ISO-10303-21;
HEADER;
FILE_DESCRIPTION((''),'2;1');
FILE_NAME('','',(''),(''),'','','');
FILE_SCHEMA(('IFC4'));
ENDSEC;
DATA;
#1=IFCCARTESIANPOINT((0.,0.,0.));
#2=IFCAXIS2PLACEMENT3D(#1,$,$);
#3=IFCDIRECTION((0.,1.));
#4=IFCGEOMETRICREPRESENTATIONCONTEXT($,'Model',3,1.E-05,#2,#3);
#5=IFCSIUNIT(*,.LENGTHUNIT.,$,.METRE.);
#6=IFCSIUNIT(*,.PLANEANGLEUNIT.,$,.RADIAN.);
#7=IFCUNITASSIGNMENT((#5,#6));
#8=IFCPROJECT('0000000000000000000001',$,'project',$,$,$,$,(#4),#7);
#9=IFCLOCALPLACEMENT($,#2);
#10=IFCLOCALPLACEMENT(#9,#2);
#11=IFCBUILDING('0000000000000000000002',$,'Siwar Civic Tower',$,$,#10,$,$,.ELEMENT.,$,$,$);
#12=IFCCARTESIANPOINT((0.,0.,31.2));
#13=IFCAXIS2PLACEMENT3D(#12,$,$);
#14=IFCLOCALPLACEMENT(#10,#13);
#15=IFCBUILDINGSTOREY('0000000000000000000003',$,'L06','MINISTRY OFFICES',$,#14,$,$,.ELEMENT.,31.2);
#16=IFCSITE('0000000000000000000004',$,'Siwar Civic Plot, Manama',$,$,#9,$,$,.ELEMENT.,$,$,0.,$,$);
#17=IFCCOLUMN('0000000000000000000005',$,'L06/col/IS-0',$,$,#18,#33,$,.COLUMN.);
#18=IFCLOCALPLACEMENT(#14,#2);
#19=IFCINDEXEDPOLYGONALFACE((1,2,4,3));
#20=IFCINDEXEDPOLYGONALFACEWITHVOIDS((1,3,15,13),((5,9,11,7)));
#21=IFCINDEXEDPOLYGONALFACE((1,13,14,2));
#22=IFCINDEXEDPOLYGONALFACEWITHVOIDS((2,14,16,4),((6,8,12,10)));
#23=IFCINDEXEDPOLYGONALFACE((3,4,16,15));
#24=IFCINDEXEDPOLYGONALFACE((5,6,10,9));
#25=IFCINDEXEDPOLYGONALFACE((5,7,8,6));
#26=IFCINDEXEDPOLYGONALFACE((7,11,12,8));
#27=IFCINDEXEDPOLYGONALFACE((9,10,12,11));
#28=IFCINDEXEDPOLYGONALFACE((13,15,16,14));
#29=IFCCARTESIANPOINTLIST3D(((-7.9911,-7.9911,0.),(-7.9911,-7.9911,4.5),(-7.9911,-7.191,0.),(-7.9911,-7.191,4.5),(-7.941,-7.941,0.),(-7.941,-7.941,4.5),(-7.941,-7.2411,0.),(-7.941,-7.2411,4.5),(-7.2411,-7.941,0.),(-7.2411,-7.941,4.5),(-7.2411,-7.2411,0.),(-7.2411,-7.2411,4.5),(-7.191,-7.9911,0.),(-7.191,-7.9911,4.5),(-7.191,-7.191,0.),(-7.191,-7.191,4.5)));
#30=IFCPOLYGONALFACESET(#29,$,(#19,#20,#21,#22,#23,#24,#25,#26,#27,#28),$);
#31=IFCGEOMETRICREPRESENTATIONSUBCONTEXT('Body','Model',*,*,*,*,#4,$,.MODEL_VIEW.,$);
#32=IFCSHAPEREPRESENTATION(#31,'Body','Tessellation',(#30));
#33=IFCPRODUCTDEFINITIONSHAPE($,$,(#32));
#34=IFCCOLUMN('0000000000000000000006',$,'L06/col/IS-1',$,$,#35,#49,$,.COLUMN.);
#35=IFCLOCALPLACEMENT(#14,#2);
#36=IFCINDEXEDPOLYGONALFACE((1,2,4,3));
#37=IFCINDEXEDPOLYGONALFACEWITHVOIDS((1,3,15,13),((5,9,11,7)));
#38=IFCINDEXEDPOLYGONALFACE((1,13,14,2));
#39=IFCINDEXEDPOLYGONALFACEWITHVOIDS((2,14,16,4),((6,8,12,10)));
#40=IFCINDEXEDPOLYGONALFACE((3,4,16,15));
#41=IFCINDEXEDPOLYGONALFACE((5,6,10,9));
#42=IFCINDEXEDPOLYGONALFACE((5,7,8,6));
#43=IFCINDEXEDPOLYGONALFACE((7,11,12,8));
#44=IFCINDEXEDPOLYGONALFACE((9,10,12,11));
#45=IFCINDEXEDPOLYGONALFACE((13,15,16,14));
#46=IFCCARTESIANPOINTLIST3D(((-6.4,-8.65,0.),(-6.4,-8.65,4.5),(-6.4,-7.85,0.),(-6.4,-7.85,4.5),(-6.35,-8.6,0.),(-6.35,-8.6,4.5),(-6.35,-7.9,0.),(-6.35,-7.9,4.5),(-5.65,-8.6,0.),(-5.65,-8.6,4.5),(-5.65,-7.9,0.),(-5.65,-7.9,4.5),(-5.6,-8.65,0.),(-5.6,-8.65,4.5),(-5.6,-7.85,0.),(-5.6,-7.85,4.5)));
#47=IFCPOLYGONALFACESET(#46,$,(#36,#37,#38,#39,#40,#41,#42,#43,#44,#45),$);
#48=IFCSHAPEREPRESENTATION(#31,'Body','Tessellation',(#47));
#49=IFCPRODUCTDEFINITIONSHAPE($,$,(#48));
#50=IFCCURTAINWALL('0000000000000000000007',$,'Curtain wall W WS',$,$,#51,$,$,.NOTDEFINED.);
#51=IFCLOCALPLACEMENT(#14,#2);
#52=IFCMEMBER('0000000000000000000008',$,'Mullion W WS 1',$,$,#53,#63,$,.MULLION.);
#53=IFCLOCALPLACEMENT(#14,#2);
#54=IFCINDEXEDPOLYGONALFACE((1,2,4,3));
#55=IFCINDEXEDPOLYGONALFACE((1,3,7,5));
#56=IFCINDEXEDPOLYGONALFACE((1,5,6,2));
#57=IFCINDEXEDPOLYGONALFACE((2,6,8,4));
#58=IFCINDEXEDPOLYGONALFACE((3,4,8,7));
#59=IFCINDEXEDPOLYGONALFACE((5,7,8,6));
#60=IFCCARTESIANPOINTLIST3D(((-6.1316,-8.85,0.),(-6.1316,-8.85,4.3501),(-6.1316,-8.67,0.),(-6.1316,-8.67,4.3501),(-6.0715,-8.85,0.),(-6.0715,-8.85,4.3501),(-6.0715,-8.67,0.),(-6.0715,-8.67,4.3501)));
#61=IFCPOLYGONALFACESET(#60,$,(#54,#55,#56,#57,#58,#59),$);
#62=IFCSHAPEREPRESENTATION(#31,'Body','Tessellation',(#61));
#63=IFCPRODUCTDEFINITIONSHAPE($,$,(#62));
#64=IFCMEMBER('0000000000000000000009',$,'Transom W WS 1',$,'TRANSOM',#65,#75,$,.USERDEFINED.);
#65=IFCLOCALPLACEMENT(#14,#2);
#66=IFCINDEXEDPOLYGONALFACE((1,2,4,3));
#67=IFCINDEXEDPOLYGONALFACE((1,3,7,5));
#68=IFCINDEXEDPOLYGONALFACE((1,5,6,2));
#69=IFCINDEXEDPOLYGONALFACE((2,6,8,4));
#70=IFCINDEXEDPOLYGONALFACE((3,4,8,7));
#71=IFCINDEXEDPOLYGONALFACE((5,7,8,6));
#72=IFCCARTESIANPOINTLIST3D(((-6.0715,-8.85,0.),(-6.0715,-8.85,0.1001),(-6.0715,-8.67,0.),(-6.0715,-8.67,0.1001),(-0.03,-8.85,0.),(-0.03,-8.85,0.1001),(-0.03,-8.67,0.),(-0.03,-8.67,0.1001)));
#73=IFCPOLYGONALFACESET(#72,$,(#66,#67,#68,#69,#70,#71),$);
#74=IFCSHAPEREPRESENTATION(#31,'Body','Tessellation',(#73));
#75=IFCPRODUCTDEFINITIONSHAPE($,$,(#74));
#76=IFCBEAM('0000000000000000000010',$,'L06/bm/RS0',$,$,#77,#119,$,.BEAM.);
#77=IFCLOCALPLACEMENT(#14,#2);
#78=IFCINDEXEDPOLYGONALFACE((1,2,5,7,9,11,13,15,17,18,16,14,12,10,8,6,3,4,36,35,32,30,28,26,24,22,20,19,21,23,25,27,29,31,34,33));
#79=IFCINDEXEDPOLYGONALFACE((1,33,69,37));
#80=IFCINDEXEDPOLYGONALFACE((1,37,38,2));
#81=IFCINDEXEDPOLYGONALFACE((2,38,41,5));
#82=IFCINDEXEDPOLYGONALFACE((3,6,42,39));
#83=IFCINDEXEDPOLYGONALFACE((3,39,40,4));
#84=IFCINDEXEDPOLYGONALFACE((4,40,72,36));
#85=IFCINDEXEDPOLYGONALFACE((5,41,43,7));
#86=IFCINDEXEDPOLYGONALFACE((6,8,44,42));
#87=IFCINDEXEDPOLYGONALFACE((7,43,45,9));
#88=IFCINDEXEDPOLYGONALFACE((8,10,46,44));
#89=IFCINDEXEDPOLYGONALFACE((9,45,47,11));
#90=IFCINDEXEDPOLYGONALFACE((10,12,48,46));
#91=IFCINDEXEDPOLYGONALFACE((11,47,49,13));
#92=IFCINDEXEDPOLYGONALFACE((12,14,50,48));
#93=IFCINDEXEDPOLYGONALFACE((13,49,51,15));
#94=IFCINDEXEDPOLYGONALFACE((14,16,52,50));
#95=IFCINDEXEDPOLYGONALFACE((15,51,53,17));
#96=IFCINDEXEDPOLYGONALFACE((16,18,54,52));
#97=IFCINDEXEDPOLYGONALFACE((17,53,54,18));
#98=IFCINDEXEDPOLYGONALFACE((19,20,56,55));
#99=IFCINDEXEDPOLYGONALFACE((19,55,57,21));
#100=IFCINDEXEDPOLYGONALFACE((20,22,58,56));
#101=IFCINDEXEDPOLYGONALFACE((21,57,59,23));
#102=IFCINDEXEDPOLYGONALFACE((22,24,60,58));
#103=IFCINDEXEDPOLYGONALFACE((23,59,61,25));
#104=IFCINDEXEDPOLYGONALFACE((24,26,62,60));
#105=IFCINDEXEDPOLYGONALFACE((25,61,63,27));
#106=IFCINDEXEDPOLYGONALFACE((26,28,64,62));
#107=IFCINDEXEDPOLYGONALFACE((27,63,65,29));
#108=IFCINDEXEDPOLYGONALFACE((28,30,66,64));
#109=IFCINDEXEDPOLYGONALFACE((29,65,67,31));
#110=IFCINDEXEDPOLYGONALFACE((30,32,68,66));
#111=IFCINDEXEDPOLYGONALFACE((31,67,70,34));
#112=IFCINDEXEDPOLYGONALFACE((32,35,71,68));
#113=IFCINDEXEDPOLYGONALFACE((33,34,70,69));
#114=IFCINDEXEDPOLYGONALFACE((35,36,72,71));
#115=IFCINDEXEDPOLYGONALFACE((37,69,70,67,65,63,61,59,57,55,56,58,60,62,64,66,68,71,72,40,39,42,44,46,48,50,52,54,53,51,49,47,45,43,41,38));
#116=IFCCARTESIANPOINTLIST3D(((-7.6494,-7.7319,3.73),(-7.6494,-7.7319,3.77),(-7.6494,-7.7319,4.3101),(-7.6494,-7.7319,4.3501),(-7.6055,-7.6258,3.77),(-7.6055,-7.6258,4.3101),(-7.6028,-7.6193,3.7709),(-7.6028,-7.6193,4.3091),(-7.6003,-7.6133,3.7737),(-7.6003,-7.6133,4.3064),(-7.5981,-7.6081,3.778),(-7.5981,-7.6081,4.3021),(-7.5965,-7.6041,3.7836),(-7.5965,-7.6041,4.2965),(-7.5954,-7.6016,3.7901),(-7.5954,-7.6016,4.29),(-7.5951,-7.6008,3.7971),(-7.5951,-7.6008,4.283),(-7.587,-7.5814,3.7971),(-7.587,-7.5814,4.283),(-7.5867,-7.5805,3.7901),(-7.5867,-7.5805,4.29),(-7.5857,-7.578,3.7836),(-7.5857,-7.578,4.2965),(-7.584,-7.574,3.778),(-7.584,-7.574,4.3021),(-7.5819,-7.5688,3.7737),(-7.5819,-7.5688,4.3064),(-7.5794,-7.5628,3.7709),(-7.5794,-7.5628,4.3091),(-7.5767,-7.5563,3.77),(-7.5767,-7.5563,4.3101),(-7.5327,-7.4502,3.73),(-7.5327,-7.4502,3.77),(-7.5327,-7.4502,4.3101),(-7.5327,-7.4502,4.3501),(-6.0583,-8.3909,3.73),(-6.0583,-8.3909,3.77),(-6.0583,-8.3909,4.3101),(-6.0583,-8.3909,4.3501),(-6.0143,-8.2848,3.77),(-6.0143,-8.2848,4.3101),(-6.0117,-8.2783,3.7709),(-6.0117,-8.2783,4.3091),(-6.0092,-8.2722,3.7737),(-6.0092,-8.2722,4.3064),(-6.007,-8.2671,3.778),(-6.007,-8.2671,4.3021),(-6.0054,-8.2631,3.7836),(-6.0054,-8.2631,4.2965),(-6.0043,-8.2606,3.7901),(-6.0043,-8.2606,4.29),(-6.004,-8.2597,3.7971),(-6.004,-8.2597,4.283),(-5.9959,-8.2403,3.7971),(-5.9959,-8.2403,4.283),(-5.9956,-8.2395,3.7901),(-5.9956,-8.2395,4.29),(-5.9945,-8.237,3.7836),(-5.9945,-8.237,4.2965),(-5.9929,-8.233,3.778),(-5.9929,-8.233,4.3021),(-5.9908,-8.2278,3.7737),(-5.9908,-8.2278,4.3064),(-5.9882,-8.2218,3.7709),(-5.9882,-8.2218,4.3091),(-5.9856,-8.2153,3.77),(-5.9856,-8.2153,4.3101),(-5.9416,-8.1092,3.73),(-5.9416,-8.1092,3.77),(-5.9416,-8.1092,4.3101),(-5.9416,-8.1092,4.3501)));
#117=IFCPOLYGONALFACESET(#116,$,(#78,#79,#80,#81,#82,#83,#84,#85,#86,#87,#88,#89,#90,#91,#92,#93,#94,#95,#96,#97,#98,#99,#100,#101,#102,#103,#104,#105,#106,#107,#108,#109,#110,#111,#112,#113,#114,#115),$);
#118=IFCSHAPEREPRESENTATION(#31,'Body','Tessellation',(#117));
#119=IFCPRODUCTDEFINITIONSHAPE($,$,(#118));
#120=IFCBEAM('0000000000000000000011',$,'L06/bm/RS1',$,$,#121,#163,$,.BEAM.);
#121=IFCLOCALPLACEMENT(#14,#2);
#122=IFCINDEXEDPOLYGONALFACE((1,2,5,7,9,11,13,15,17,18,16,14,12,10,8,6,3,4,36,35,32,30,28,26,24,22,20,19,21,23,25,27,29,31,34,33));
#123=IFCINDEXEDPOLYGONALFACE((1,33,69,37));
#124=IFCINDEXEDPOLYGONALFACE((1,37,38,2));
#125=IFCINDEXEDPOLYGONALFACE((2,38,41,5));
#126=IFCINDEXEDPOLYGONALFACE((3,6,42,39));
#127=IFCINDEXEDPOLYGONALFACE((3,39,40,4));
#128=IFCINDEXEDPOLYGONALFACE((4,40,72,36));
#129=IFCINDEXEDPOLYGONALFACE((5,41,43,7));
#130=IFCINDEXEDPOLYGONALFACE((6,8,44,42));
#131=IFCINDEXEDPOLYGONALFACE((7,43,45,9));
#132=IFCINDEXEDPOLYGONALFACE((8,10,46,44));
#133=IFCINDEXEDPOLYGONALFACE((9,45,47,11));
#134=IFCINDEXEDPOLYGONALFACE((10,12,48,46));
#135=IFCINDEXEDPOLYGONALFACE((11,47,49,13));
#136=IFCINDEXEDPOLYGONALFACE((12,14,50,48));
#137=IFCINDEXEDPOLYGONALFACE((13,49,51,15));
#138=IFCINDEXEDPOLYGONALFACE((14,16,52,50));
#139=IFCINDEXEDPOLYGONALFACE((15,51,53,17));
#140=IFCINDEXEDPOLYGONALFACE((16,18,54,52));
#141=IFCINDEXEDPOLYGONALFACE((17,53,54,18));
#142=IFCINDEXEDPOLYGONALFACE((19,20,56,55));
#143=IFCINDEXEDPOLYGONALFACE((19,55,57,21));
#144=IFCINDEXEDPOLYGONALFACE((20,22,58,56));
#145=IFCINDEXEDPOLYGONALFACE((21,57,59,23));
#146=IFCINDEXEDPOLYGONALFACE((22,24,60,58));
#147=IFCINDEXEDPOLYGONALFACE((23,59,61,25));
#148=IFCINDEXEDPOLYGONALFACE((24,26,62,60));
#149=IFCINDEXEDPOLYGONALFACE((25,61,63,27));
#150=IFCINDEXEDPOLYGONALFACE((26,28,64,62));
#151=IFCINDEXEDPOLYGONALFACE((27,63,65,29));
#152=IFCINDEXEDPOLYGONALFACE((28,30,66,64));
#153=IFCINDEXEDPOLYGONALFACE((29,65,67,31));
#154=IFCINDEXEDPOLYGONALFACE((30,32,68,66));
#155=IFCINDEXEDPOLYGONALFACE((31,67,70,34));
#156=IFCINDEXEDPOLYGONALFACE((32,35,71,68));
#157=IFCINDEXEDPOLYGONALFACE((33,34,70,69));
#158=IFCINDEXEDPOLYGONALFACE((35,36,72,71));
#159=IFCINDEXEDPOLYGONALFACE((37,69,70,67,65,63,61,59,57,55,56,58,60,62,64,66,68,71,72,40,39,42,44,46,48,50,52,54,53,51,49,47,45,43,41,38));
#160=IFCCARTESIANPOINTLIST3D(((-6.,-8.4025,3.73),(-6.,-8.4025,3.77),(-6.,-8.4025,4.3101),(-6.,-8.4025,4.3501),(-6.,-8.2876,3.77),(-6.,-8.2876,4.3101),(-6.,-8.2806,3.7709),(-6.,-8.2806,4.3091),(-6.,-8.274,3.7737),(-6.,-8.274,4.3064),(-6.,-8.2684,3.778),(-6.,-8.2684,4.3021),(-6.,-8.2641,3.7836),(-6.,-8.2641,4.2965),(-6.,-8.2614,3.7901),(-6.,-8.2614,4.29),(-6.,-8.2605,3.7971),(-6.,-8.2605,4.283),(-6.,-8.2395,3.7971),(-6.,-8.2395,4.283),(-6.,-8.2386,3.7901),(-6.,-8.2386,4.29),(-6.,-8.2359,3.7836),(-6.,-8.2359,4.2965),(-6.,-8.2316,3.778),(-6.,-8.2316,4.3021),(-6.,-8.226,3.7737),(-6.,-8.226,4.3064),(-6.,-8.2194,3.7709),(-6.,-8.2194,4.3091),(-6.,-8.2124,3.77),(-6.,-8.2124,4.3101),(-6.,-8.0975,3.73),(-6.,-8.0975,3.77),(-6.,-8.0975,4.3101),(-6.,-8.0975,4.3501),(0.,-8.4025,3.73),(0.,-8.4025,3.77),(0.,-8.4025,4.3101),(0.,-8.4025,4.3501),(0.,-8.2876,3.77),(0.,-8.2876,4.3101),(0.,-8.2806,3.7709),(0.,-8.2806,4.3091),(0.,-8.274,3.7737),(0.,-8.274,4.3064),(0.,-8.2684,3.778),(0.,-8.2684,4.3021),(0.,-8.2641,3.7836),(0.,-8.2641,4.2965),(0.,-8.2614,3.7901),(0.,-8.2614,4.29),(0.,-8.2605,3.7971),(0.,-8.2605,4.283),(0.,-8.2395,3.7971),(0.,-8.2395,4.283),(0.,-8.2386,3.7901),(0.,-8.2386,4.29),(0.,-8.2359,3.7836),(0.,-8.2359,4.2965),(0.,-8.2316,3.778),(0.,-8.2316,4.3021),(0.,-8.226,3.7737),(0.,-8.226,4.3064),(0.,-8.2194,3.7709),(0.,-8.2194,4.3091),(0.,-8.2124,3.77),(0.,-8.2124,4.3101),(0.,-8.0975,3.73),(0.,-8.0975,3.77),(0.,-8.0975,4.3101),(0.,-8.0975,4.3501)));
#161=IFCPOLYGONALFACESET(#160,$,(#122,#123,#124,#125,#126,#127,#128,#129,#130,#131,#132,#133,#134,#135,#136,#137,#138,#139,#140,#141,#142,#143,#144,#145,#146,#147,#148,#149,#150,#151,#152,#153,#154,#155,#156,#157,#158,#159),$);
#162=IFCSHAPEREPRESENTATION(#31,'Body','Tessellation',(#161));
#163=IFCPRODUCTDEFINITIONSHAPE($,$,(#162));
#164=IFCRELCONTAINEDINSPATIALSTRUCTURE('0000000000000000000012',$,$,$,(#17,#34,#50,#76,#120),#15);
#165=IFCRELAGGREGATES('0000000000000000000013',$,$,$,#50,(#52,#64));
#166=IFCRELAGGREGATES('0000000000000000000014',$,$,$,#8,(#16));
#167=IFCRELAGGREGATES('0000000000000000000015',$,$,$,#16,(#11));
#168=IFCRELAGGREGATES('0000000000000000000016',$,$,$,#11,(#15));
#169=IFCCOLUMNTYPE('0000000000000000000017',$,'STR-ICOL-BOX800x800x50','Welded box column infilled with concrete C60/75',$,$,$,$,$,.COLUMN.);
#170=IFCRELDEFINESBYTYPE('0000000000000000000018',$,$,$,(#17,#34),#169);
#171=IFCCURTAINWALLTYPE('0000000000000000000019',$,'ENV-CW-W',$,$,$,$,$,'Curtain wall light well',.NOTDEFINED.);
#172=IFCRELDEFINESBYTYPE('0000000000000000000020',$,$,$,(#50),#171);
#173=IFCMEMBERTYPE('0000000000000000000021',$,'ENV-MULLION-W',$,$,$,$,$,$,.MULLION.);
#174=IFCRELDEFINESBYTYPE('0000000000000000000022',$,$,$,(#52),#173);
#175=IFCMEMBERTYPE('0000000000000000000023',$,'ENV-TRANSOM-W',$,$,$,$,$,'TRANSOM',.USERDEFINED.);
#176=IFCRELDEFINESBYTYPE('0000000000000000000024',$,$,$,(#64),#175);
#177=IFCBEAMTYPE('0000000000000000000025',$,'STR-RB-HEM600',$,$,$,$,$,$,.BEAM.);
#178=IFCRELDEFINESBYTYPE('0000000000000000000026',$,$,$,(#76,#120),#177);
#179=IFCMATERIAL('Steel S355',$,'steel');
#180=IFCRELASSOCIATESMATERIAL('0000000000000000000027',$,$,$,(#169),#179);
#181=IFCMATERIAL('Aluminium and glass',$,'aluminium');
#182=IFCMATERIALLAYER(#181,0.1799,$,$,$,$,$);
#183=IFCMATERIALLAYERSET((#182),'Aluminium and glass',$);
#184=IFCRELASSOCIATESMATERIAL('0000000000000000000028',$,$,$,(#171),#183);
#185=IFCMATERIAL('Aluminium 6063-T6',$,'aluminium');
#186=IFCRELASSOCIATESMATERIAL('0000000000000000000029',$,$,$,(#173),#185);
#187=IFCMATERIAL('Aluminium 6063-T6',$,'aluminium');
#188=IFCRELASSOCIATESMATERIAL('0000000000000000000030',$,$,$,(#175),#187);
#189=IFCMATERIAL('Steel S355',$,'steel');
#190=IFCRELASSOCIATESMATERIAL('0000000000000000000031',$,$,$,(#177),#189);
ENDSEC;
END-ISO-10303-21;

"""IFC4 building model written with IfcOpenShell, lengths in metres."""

from ifc_helpers import new_model, si_unit, direction, frame, origin, origin_2d, place, context, subcontext, project, spatial, rectangle, hollow_rectangle, i_section, extrude, material, layer, layer_set, material_profile, profile_set, type_object, element, aggregate, save


model = new_model("IFC4")

# Units and contexts
model_context = context("Model", 3, precision=1e-05, world=origin(), true_north=direction((0.0, 1.0)))
body_context = subcontext(model_context, "Body", "Model", "MODEL_VIEW")
ifc_project = project(units=[si_unit("LENGTHUNIT", "METRE"), si_unit("PLANEANGLEUNIT", "RADIAN")], contexts=[model_context])

# Site, building, storey
site_placement = place(None, origin())
site = spatial("IfcSite", under=ifc_project, at=site_placement, Name="Siwar Civic Plot, Manama", CompositionType="ELEMENT", RefElevation=0.0)
building_placement = place(site_placement, origin())
building = spatial("IfcBuilding", under=site, at=building_placement, Name="Siwar Civic Tower", CompositionType="ELEMENT")
storey_placement = place(building_placement, frame((0.0, 0.0, 31.2)))
storey = spatial("IfcBuildingStorey", under=building, at=storey_placement, Name="L06", Description="MINISTRY OFFICES", CompositionType="ELEMENT", Elevation=31.2)

# Columns
ifc_material_1 = material(Name="Steel S355", Category="steel")
ifc_material_profile_1 = material_profile(ifc_material_1, hollow_rectangle(XDim=0.8, YDim=0.8, WallThickness=0.05, at=origin_2d()), Name="BOX800x800x50")
ifc_profile_set_1 = profile_set([ifc_material_profile_1], Name="Steel S355")
column_type = type_object("IfcColumnType", Name="STR-ICOL-BOX800x800x50", Description="Welded box column infilled with concrete C60/75", PredefinedType="COLUMN", material=ifc_profile_set_1)
for number, where, z_axis, x_axis, name in (
    (1, (-7.5911, -7.5911, 0.0), (0.0, 0.0, 1.0), (1.0, 0.0, 0.0), "L06/col/IS-0"),
    (2, (-6.0, -8.25, 0.0), (0.0, 0.0, 1.0), (1.0, 0.0, 0.0), "L06/col/IS-1"),
):
    element("IfcColumn", number, at=place(storey_placement, frame(where, z_axis=z_axis, x_axis=x_axis)), inside=storey, type_object=column_type, Name=name, PredefinedType="COLUMN", context=body_context, shape_type="SweptSolid", body=[
        extrude(hollow_rectangle(XDim=0.8, YDim=0.8, WallThickness=0.05, at=origin_2d()), origin(), (0.0, 0.0, 1.0), 4.5),
    ])

# Curtain wall, members
ifc_material_2 = material(Name="Aluminium and glass", Category="aluminium")
ifc_layer_1 = layer(ifc_material_2, 0.1799)
ifc_layer_set_1 = layer_set([ifc_layer_1], Name="Aluminium and glass")
curtain_wall_type = type_object("IfcCurtainWallType", Name="ENV-CW-W", ElementType="Curtain wall light well", PredefinedType="NOTDEFINED", material=ifc_layer_set_1)
curtain_wall_placement = place(storey_placement, origin())
curtain_wall = element("IfcCurtainWall", 3, at=curtain_wall_placement, inside=storey, type_object=curtain_wall_type, Name="Curtain wall W WS", PredefinedType="NOTDEFINED")
ifc_material_3 = material(Name="Aluminium 6063-T6", Category="aluminium")
ifc_material_profile_2 = material_profile(ifc_material_3, rectangle(XDim=0.1799, YDim=0.0601, at=origin_2d()), Name="AL 180x60")
ifc_profile_set_2 = profile_set([ifc_material_profile_2], Name="Aluminium 6063-T6")
member_type_1 = type_object("IfcMemberType", Name="ENV-MULLION-W", PredefinedType="MULLION", material=ifc_profile_set_2)
member_1_placement = place(storey_placement, frame((-6.1016, -8.76, 0.0), z_axis=(0.0, 0.0, 1.0), x_axis=(0.0, 1.0, 0.0)))
member_1 = element("IfcMember", 4, at=member_1_placement, type_object=member_type_1, Name="Mullion W WS 1", PredefinedType="MULLION", context=body_context, shape_type="SweptSolid", body=[
    extrude(rectangle(XDim=0.1799, YDim=0.0601, at=origin_2d()), origin(), (0.0, 0.0, 1.0), 4.3501),
])
ifc_material_4 = material(Name="Aluminium 6063-T6", Category="aluminium")
ifc_material_profile_3 = material_profile(ifc_material_4, rectangle(XDim=0.1799, YDim=0.1001, at=origin_2d()), Name="AL 180x100")
ifc_profile_set_3 = profile_set([ifc_material_profile_3], Name="Aluminium 6063-T6")
member_type_2 = type_object("IfcMemberType", Name="ENV-TRANSOM-W", ElementType="TRANSOM", PredefinedType="USERDEFINED", material=ifc_profile_set_3)
member_2_placement = place(storey_placement, frame((-6.0715, -8.76, 0.05), z_axis=(1.0, 0.0, 0.0), x_axis=(0.0, 1.0, 0.0)))
member_2 = element("IfcMember", 5, at=member_2_placement, type_object=member_type_2, Name="Transom W WS 1", ObjectType="TRANSOM", PredefinedType="USERDEFINED", context=body_context, shape_type="SweptSolid", body=[
    extrude(rectangle(XDim=0.1799, YDim=0.1001, at=origin_2d()), origin(), (0.0, 0.0, 1.0), 6.0415),
])

# Beams
ifc_material_5 = material(Name="Steel S355", Category="steel")
ifc_material_profile_4 = material_profile(ifc_material_5, i_section(OverallWidth=0.3049, OverallDepth=0.6201, WebThickness=0.021, FlangeThickness=0.04, FilletRadius=0.0271, at=origin_2d()), Name="HEM600")
ifc_profile_set_4 = profile_set([ifc_material_profile_4], Name="Steel S355")
beam_type = type_object("IfcBeamType", Name="STR-RB-HEM600", PredefinedType="BEAM", material=ifc_profile_set_4)
beam_1_placement = place(storey_placement, frame((-7.5911, -7.5911, 4.04), z_axis=(0.923901, -0.382631, 0.0), x_axis=(0.382631, 0.923901, 0.0)))
element("IfcBeam", 6, at=beam_1_placement, inside=storey, type_object=beam_type, Name="L06/bm/RS0", PredefinedType="BEAM", context=body_context, shape_type="SweptSolid", body=[
    extrude(i_section(OverallWidth=0.3049, OverallDepth=0.6201, WebThickness=0.021, FlangeThickness=0.04, FilletRadius=0.0271, at=origin_2d()), origin(), (0.0, 0.0, 1.0), 1.7222),
])
beam_2_placement = place(storey_placement, frame((-6.0, -8.25, 4.04), z_axis=(1.0, 0.0, 0.0), x_axis=(0.0, 1.0, 0.0)))
element("IfcBeam", 7, at=beam_2_placement, inside=storey, type_object=beam_type, Name="L06/bm/RS1", PredefinedType="BEAM", context=body_context, shape_type="SweptSolid", body=[
    extrude(i_section(OverallWidth=0.3049, OverallDepth=0.6201, WebThickness=0.021, FlangeThickness=0.04, FilletRadius=0.0271, at=origin_2d()), origin(), (0.0, 0.0, 1.0), 6.0),
])

aggregate(curtain_wall, [member_1, member_2])

save(model, "model.ifc")
